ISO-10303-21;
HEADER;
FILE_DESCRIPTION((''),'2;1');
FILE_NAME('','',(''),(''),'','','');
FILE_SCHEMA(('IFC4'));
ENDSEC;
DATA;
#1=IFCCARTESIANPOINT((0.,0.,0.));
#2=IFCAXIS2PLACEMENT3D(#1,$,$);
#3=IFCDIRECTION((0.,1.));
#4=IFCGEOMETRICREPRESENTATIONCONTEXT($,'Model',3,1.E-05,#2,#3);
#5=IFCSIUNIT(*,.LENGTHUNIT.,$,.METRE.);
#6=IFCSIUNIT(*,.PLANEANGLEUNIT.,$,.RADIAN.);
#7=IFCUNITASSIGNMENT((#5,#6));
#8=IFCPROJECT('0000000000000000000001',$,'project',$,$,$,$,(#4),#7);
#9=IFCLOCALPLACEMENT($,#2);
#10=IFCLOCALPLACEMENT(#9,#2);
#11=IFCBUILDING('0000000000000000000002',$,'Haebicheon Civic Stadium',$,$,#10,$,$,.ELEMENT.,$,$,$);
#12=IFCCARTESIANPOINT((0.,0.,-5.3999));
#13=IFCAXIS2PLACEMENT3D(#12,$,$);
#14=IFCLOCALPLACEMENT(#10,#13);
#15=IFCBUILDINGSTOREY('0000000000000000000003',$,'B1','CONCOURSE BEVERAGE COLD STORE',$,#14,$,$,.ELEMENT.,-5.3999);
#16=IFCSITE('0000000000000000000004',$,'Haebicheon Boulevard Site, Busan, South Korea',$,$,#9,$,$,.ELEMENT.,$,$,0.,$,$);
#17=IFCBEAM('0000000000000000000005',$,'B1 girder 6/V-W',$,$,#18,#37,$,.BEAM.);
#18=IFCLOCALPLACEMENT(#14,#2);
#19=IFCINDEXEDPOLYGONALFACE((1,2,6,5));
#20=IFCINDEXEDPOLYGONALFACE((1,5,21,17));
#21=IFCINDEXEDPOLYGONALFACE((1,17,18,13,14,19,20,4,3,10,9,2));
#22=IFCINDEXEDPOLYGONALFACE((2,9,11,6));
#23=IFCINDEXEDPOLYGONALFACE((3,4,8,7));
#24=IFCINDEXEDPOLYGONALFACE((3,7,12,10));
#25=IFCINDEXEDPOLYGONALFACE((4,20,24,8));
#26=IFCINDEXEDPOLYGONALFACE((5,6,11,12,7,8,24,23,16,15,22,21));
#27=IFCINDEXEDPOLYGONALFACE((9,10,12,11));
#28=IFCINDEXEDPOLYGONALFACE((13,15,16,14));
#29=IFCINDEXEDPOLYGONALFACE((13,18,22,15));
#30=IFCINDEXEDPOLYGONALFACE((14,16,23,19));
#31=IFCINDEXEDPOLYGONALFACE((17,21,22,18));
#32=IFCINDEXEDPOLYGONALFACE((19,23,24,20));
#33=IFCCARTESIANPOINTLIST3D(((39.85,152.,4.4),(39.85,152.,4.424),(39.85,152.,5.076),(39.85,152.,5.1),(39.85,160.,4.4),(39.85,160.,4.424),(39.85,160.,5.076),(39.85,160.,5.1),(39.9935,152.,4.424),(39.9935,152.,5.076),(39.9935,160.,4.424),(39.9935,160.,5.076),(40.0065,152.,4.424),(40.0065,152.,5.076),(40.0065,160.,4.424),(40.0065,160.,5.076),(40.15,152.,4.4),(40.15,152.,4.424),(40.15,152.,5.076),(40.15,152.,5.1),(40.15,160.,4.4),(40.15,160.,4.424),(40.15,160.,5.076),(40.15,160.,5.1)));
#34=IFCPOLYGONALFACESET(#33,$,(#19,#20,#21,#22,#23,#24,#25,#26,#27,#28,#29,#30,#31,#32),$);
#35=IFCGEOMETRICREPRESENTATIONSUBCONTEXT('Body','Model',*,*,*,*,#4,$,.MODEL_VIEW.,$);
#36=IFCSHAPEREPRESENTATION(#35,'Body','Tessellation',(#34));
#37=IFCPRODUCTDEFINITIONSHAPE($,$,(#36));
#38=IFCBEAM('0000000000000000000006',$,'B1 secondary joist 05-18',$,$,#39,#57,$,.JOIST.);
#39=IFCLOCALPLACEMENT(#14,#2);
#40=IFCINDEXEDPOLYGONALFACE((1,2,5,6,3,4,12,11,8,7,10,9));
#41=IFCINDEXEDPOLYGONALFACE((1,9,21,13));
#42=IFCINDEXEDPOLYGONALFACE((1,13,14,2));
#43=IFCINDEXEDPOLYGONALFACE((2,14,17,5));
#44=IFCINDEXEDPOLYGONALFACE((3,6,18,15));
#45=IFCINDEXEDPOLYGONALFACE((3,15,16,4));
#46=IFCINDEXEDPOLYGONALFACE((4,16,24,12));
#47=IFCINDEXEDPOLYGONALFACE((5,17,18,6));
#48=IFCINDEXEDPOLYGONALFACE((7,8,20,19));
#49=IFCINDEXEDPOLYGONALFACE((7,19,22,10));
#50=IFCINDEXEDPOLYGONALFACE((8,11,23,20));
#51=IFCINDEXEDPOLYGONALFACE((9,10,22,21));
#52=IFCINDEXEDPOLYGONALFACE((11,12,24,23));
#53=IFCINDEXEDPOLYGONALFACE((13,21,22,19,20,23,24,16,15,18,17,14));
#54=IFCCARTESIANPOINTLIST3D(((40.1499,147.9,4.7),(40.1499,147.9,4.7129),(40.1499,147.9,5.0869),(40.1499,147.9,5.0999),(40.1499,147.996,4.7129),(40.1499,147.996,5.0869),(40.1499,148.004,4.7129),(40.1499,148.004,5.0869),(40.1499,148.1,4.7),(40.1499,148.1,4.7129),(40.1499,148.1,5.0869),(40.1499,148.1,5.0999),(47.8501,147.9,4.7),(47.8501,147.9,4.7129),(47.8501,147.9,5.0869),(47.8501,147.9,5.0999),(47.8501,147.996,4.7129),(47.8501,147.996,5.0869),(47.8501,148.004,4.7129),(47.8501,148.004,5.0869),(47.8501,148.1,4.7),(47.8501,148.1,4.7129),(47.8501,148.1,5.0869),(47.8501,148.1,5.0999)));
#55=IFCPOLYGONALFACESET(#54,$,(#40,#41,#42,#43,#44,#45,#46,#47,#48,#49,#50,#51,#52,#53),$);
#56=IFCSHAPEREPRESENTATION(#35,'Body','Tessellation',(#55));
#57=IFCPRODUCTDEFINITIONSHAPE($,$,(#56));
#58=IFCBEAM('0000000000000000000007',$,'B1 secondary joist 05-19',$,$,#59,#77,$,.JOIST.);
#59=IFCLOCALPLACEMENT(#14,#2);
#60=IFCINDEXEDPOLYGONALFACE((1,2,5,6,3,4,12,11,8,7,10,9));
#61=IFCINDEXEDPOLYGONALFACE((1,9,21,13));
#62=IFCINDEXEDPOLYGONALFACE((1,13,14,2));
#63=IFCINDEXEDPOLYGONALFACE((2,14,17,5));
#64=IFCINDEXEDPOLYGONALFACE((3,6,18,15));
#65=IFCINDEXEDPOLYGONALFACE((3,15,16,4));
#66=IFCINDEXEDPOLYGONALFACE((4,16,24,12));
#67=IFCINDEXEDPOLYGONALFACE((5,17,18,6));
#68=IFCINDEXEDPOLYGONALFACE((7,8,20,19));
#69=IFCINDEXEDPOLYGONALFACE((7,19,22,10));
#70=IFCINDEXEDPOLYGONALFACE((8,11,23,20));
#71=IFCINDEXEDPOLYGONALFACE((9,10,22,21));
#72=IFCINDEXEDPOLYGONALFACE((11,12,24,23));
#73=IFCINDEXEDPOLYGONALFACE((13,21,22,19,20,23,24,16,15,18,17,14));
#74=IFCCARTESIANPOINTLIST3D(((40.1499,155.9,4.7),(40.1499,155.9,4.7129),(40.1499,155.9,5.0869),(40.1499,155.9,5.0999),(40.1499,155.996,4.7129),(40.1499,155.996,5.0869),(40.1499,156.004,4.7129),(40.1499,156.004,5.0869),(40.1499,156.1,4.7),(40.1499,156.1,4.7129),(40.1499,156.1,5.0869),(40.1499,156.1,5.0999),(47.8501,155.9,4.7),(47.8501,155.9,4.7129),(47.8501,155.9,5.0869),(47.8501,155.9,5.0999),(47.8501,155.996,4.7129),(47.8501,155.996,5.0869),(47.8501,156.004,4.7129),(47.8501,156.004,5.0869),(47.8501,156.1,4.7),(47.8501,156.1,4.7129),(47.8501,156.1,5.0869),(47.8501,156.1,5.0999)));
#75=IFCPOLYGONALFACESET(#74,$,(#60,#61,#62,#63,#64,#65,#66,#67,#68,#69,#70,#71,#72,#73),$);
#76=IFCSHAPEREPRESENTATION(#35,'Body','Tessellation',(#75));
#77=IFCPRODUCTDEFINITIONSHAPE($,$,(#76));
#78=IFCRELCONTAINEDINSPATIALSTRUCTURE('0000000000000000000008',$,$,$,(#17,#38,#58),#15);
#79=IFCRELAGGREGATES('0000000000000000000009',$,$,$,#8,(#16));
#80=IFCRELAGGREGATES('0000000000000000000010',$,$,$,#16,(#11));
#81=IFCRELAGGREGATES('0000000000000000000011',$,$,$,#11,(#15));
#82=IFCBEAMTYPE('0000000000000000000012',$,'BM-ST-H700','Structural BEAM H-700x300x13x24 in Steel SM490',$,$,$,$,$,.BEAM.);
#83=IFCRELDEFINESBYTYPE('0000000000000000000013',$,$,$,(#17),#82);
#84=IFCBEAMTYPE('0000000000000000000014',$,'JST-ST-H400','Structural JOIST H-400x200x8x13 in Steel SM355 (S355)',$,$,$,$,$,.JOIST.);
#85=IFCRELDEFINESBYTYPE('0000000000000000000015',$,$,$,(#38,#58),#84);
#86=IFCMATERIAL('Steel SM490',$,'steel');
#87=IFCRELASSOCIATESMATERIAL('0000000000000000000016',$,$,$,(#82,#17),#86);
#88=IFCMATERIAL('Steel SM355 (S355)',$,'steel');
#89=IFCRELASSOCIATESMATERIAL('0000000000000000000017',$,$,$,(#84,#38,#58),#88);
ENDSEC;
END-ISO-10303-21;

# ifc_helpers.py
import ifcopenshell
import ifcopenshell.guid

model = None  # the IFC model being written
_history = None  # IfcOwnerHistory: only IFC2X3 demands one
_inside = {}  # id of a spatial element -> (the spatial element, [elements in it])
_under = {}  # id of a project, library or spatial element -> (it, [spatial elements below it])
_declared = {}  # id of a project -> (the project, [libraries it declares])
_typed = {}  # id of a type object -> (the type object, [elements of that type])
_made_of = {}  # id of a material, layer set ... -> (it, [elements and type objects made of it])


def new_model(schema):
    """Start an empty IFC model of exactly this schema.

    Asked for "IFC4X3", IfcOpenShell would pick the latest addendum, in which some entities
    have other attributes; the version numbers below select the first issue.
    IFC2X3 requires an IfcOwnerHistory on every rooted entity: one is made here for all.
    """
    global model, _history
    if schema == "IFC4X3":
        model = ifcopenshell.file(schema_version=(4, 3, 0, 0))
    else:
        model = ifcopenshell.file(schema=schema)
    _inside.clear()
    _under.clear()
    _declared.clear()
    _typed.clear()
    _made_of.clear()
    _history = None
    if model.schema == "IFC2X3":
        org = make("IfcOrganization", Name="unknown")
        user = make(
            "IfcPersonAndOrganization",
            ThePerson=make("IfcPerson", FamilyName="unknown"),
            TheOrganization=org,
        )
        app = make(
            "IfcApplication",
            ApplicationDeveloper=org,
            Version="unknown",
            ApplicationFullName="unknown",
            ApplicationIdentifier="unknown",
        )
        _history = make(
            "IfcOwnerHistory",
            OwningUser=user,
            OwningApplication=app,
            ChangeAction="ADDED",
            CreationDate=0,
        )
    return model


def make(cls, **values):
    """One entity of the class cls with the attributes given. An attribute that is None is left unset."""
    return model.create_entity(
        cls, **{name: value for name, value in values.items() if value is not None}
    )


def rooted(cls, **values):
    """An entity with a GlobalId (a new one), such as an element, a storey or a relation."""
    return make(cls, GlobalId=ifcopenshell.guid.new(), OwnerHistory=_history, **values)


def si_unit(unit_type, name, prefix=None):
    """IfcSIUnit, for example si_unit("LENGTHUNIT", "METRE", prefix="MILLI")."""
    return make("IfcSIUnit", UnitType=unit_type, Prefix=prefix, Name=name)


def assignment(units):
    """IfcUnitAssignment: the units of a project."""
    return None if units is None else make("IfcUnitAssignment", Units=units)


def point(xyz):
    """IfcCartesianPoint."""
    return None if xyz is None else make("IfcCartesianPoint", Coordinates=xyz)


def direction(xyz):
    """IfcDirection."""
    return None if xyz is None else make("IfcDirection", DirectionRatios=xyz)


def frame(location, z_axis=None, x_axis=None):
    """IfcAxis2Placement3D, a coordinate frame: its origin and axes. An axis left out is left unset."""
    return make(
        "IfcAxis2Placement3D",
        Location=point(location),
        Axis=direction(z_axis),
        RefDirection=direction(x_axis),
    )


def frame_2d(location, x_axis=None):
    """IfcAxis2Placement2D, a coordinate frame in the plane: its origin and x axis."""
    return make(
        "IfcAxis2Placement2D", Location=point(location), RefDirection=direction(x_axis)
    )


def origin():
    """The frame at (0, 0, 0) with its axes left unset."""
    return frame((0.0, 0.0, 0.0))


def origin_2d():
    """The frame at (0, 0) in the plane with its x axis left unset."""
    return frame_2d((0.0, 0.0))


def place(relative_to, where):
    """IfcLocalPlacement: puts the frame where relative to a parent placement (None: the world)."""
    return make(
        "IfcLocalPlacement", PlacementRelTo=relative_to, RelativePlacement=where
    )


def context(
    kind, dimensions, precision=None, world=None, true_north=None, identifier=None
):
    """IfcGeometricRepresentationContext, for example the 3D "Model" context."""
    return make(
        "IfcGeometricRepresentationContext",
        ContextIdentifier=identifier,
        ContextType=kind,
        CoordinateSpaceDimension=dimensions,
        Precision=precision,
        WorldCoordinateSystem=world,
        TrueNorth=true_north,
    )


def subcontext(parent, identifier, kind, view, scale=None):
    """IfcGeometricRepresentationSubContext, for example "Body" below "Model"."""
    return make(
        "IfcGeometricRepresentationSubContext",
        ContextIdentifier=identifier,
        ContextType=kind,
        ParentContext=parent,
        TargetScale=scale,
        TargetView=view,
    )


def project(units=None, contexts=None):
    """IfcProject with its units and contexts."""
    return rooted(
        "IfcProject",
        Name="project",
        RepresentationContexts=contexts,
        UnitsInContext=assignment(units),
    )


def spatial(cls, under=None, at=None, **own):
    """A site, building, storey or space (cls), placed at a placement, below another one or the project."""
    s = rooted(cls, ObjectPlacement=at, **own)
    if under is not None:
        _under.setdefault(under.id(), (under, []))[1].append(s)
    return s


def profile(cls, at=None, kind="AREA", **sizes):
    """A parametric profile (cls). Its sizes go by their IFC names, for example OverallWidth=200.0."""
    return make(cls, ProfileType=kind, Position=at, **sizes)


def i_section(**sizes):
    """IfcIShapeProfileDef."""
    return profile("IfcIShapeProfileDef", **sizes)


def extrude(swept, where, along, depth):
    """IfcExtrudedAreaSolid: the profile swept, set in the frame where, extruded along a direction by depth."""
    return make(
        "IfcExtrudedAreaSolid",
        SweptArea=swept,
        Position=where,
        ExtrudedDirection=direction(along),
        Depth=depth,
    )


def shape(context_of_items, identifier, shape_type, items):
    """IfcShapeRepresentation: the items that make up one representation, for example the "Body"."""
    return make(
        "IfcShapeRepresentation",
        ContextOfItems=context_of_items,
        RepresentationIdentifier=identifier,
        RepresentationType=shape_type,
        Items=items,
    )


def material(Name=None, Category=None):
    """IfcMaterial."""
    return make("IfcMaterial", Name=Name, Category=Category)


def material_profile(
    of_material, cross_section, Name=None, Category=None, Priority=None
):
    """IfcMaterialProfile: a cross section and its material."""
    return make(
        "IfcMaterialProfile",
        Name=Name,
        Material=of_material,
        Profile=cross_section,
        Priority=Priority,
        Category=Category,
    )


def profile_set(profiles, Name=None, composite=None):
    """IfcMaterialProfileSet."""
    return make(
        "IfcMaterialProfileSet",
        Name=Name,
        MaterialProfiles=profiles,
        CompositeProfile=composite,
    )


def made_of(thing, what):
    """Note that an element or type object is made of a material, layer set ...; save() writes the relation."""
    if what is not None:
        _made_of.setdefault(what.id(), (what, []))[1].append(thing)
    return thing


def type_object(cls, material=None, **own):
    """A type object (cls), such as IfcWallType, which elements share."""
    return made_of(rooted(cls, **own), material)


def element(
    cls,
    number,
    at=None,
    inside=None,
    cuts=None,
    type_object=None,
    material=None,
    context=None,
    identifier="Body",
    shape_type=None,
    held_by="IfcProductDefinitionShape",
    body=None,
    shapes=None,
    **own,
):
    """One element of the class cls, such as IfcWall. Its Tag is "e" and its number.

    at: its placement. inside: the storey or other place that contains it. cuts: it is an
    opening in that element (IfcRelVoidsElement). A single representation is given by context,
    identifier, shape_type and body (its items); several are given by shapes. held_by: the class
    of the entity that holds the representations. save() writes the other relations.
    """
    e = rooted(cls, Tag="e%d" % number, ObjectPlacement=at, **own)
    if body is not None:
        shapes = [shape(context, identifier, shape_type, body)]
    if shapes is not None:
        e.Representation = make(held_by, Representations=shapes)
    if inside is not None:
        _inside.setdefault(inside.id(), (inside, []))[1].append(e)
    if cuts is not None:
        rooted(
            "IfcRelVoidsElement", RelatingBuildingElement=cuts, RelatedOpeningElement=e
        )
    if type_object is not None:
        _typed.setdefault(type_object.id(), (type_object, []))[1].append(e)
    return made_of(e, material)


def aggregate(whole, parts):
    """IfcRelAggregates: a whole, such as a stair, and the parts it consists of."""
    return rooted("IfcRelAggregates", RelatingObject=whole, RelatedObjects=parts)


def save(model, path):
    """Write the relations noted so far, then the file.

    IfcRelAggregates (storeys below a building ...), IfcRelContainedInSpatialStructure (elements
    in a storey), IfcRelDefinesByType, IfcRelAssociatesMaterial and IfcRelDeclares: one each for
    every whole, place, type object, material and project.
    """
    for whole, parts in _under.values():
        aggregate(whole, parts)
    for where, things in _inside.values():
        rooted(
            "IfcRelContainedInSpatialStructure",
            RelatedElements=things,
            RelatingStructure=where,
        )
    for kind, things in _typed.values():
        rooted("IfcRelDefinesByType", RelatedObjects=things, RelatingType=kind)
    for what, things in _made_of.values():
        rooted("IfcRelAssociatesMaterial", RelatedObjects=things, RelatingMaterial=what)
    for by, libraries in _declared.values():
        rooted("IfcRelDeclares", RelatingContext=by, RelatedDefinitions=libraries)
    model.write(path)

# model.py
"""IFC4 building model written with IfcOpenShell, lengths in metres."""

from ifc_helpers import new_model, si_unit, direction, frame, origin, origin_2d, place, context, subcontext, project, spatial, i_section, extrude, material, material_profile, profile_set, type_object, element, save


model = new_model("IFC4")

# Units and contexts
model_context = context("Model", 3, precision=1e-05, world=origin(), true_north=direction((0.0, 1.0)))
body_context = subcontext(model_context, "Body", "Model", "MODEL_VIEW")
ifc_project = project(units=[si_unit("LENGTHUNIT", "METRE"), si_unit("PLANEANGLEUNIT", "RADIAN")], contexts=[model_context])

# Site, building, storey
site_placement = place(None, origin())
site = spatial("IfcSite", under=ifc_project, at=site_placement, Name="Haebicheon Boulevard Site, Busan, South Korea", CompositionType="ELEMENT", RefElevation=0.0)
building_placement = place(site_placement, origin())
building = spatial("IfcBuilding", under=site, at=building_placement, Name="Haebicheon Civic Stadium", CompositionType="ELEMENT")
storey_placement = place(building_placement, frame((0.0, 0.0, -5.3999)))
storey = spatial("IfcBuildingStorey", under=building, at=storey_placement, Name="B1", Description="CONCOURSE BEVERAGE COLD STORE", CompositionType="ELEMENT", Elevation=-5.3999)

# Beams
ifc_material_1 = material(Name="Steel SM490", Category="steel")
ifc_material_profile_1 = material_profile(ifc_material_1, i_section(OverallWidth=0.3, OverallDepth=0.7, WebThickness=0.0129, FlangeThickness=0.0239, at=origin_2d()), Name="H-700x300x13x24")
ifc_profile_set_1 = profile_set([ifc_material_profile_1], Name="Steel SM490")
beam_type_1 = type_object("IfcBeamType", Name="BM-ST-H700", Description="Structural BEAM H-700x300x13x24 in Steel SM490", PredefinedType="BEAM", material=ifc_profile_set_1)
for number, where, z_axis, x_axis, name in (
    (1, (40.0, 152.0, 4.75), (0.0, 1.0, 0.0), (-1.0, 0.0, 0.0), "B1 girder 6/V-W"),
):
    element("IfcBeam", number, at=place(storey_placement, frame(where, z_axis=z_axis, x_axis=x_axis)), inside=storey, type_object=beam_type_1, material=ifc_profile_set_1, Name=name, PredefinedType="BEAM", context=body_context, shape_type="SweptSolid", body=[
        extrude(i_section(OverallWidth=0.3, OverallDepth=0.7, WebThickness=0.0129, FlangeThickness=0.0239, at=origin_2d()), origin(), (0.0, 0.0, 1.0), 8.0),
    ])
ifc_material_2 = material(Name="Steel SM355 (S355)", Category="steel")
ifc_material_profile_2 = material_profile(ifc_material_2, i_section(OverallWidth=0.2, OverallDepth=0.3999, WebThickness=0.0081, FlangeThickness=0.0129, at=origin_2d()), Name="H-400x200x8x13")
ifc_profile_set_2 = profile_set([ifc_material_profile_2], Name="Steel SM355 (S355)")
beam_type_2 = type_object("IfcBeamType", Name="JST-ST-H400", Description="Structural JOIST H-400x200x8x13 in Steel SM355 (S355)", PredefinedType="JOIST", material=ifc_profile_set_2)
for number, where, z_axis, x_axis, name in (
    (2, (40.1499, 148.0, 4.8999), (1.0, 0.0, 0.0), (0.0, 1.0, 0.0), "B1 secondary joist 05-18"),
    (3, (40.1499, 156.0, 4.8999), (1.0, 0.0, 0.0), (0.0, 1.0, 0.0), "B1 secondary joist 05-19"),
):
    element("IfcBeam", number, at=place(storey_placement, frame(where, z_axis=z_axis, x_axis=x_axis)), inside=storey, type_object=beam_type_2, material=ifc_profile_set_2, Name=name, PredefinedType="JOIST", context=body_context, shape_type="SweptSolid", body=[
        extrude(i_section(OverallWidth=0.2, OverallDepth=0.3999, WebThickness=0.0081, FlangeThickness=0.0129, at=origin_2d()), origin(), (0.0, 0.0, 1.0), 7.7002),
    ])

save(model, "model.ifc")
